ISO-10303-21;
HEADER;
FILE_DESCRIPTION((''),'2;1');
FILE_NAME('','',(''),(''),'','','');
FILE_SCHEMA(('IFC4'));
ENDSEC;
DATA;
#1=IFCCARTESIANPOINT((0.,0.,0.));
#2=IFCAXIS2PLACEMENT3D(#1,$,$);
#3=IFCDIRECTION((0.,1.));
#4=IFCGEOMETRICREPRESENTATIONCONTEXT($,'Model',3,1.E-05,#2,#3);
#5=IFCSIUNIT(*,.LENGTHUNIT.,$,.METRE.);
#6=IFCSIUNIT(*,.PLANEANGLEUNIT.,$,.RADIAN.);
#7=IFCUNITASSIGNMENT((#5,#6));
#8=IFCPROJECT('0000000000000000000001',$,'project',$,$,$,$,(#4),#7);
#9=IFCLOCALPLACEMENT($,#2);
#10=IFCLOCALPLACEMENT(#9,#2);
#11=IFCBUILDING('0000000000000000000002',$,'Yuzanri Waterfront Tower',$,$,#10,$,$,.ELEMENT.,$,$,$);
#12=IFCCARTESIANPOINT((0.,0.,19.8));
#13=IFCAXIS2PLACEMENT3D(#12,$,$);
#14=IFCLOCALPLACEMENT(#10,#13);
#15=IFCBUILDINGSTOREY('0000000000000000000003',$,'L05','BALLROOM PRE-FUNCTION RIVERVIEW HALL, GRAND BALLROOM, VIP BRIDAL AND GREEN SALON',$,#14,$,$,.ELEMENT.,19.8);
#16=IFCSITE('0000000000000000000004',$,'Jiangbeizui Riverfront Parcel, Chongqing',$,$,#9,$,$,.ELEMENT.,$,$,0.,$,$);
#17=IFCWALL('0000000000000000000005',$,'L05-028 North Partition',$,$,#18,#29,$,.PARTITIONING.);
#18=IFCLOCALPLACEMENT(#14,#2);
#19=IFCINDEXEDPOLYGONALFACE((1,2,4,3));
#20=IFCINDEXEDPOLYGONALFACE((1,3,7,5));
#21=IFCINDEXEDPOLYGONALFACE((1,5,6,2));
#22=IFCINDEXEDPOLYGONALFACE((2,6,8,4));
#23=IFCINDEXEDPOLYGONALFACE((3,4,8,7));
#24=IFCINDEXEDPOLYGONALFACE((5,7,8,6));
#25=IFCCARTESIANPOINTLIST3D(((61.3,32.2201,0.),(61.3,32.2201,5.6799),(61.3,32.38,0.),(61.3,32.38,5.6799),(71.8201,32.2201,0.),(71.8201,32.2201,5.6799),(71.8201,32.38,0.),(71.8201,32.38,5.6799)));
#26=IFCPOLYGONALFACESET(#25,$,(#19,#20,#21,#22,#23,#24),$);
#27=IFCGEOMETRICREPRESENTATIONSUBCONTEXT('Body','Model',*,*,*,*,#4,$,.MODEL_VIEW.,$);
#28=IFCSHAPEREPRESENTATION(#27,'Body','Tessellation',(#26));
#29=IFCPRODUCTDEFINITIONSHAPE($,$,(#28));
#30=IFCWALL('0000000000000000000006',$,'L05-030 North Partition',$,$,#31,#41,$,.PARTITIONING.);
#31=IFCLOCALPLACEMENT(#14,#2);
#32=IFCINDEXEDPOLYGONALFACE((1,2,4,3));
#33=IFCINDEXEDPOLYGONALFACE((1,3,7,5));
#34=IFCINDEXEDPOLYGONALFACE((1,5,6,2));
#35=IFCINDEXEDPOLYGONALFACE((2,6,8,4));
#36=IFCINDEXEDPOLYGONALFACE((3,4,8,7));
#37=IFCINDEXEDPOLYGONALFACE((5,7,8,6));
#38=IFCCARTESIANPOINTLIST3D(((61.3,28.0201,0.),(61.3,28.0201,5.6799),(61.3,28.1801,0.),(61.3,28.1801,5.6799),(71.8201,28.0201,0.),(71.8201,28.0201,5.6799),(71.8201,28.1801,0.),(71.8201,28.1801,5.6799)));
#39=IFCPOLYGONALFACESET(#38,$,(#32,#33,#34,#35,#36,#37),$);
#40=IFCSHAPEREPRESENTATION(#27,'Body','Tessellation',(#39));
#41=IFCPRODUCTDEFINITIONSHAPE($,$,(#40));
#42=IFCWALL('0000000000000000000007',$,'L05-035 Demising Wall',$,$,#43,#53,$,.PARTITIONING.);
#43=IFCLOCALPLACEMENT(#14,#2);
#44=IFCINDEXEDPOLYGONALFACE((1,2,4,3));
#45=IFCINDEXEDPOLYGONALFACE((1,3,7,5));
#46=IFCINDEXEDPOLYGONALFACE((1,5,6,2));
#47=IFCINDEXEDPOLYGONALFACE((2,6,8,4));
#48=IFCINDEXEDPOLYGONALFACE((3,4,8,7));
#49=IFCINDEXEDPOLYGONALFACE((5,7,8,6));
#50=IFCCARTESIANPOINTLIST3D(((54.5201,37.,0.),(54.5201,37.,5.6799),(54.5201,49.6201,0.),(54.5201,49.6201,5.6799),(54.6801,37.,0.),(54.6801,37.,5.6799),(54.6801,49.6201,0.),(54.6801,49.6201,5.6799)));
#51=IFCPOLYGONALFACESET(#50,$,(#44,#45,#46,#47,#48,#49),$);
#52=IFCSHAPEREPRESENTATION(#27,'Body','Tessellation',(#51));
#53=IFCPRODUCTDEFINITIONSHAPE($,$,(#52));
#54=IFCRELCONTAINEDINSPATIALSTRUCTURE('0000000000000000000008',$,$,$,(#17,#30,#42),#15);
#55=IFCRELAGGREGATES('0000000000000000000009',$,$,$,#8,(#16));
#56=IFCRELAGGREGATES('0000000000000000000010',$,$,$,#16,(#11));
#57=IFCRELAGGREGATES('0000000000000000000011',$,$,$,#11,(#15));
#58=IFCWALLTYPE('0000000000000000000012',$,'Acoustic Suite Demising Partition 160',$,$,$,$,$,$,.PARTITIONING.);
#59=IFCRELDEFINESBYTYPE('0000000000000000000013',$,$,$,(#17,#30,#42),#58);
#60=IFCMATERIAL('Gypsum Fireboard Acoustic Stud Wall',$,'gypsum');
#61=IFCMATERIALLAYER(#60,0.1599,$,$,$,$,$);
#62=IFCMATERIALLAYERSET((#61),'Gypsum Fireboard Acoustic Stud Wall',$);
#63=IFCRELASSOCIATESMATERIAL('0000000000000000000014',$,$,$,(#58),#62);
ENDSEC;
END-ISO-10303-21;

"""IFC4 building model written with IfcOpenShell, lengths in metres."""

from ifc_helpers import new_model, si_unit, direction, frame, frame_2d, origin, place, context, subcontext, project, spatial, rectangle, extrude, source, transform, mapped, material, layer, layer_set, type_object, element, save


model = new_model("IFC4")

# Units and contexts
model_context = context("Model", 3, precision=1e-05, world=origin(), true_north=direction((0.0, 1.0)))
body_context = subcontext(model_context, "Body", "Model", "MODEL_VIEW")
ifc_project = project(units=[si_unit("LENGTHUNIT", "METRE"), si_unit("PLANEANGLEUNIT", "RADIAN")], contexts=[model_context])

# Site, building, storey
site_placement = place(None, origin())
site = spatial("IfcSite", under=ifc_project, at=site_placement, Name="Jiangbeizui Riverfront Parcel, Chongqing", CompositionType="ELEMENT", RefElevation=0.0)
building_placement = place(site_placement, origin())
building = spatial("IfcBuilding", under=site, at=building_placement, Name="Yuzanri Waterfront Tower", CompositionType="ELEMENT")
storey_placement = place(building_placement, frame((0.0, 0.0, 19.8)))
storey = spatial("IfcBuildingStorey", under=building, at=storey_placement, Name="L05", Description="BALLROOM PRE-FUNCTION RIVERVIEW HALL, GRAND BALLROOM, VIP BRIDAL AND GREEN SALON", CompositionType="ELEMENT", Elevation=19.8)

# Walls
ifc_material_1 = material(Name="Gypsum Fireboard Acoustic Stud Wall", Category="gypsum")
ifc_layer_1 = layer(ifc_material_1, 0.1599)
ifc_layer_set_1 = layer_set([ifc_layer_1], Name="Gypsum Fireboard Acoustic Stud Wall")
wall_type_1 = type_object("IfcWallType", Name="Acoustic Suite Demising Partition 160", PredefinedType="PARTITIONING", material=ifc_layer_set_1)
shared_shape_1 = source(origin(), body_context, "Body", "SweptSolid", [
    extrude(rectangle(XDim=10.52, YDim=0.1599, at=frame_2d((5.26, 0.0))), origin(), (0.0, 0.0, 1.0), 5.6799),
])
for number, where, z_axis, x_axis, name in (
    (1, (61.3, 32.3, 0.0), (0.0, 0.0, 1.0), (1.0, 0.0, 0.0), "L05-028 North Partition"),
    (2, (61.3, 28.1001, 0.0), (0.0, 0.0, 1.0), (1.0, 0.0, 0.0), "L05-030 North Partition"),
):
    element("IfcWall", number, at=place(storey_placement, frame(where, z_axis=z_axis, x_axis=x_axis)), inside=storey, type_object=wall_type_1, Name=name, PredefinedType="PARTITIONING", context=body_context, shape_type="MappedRepresentation", body=[
        mapped(shared_shape_1, transform((0.0, 0.0, 0.0), scale=1.0)),
    ])
shared_shape_2 = source(origin(), body_context, "Body", "SweptSolid", [
    extrude(rectangle(XDim=12.6201, YDim=0.1599, at=frame_2d((6.3101, 0.0))), origin(), (0.0, 0.0, 1.0), 5.6799),
])
wall_1_placement = place(storey_placement, frame((54.6001, 37.0, 0.0), z_axis=(0.0, 0.0, 1.0), x_axis=(0.0, 1.0, 0.0)))
element("IfcWall", 3, at=wall_1_placement, inside=storey, type_object=wall_type_1, Name="L05-035 Demising Wall", PredefinedType="PARTITIONING", context=body_context, shape_type="MappedRepresentation", body=[
    mapped(shared_shape_2, transform((0.0, 0.0, 0.0), scale=1.0)),
])

save(model, "model.ifc")
